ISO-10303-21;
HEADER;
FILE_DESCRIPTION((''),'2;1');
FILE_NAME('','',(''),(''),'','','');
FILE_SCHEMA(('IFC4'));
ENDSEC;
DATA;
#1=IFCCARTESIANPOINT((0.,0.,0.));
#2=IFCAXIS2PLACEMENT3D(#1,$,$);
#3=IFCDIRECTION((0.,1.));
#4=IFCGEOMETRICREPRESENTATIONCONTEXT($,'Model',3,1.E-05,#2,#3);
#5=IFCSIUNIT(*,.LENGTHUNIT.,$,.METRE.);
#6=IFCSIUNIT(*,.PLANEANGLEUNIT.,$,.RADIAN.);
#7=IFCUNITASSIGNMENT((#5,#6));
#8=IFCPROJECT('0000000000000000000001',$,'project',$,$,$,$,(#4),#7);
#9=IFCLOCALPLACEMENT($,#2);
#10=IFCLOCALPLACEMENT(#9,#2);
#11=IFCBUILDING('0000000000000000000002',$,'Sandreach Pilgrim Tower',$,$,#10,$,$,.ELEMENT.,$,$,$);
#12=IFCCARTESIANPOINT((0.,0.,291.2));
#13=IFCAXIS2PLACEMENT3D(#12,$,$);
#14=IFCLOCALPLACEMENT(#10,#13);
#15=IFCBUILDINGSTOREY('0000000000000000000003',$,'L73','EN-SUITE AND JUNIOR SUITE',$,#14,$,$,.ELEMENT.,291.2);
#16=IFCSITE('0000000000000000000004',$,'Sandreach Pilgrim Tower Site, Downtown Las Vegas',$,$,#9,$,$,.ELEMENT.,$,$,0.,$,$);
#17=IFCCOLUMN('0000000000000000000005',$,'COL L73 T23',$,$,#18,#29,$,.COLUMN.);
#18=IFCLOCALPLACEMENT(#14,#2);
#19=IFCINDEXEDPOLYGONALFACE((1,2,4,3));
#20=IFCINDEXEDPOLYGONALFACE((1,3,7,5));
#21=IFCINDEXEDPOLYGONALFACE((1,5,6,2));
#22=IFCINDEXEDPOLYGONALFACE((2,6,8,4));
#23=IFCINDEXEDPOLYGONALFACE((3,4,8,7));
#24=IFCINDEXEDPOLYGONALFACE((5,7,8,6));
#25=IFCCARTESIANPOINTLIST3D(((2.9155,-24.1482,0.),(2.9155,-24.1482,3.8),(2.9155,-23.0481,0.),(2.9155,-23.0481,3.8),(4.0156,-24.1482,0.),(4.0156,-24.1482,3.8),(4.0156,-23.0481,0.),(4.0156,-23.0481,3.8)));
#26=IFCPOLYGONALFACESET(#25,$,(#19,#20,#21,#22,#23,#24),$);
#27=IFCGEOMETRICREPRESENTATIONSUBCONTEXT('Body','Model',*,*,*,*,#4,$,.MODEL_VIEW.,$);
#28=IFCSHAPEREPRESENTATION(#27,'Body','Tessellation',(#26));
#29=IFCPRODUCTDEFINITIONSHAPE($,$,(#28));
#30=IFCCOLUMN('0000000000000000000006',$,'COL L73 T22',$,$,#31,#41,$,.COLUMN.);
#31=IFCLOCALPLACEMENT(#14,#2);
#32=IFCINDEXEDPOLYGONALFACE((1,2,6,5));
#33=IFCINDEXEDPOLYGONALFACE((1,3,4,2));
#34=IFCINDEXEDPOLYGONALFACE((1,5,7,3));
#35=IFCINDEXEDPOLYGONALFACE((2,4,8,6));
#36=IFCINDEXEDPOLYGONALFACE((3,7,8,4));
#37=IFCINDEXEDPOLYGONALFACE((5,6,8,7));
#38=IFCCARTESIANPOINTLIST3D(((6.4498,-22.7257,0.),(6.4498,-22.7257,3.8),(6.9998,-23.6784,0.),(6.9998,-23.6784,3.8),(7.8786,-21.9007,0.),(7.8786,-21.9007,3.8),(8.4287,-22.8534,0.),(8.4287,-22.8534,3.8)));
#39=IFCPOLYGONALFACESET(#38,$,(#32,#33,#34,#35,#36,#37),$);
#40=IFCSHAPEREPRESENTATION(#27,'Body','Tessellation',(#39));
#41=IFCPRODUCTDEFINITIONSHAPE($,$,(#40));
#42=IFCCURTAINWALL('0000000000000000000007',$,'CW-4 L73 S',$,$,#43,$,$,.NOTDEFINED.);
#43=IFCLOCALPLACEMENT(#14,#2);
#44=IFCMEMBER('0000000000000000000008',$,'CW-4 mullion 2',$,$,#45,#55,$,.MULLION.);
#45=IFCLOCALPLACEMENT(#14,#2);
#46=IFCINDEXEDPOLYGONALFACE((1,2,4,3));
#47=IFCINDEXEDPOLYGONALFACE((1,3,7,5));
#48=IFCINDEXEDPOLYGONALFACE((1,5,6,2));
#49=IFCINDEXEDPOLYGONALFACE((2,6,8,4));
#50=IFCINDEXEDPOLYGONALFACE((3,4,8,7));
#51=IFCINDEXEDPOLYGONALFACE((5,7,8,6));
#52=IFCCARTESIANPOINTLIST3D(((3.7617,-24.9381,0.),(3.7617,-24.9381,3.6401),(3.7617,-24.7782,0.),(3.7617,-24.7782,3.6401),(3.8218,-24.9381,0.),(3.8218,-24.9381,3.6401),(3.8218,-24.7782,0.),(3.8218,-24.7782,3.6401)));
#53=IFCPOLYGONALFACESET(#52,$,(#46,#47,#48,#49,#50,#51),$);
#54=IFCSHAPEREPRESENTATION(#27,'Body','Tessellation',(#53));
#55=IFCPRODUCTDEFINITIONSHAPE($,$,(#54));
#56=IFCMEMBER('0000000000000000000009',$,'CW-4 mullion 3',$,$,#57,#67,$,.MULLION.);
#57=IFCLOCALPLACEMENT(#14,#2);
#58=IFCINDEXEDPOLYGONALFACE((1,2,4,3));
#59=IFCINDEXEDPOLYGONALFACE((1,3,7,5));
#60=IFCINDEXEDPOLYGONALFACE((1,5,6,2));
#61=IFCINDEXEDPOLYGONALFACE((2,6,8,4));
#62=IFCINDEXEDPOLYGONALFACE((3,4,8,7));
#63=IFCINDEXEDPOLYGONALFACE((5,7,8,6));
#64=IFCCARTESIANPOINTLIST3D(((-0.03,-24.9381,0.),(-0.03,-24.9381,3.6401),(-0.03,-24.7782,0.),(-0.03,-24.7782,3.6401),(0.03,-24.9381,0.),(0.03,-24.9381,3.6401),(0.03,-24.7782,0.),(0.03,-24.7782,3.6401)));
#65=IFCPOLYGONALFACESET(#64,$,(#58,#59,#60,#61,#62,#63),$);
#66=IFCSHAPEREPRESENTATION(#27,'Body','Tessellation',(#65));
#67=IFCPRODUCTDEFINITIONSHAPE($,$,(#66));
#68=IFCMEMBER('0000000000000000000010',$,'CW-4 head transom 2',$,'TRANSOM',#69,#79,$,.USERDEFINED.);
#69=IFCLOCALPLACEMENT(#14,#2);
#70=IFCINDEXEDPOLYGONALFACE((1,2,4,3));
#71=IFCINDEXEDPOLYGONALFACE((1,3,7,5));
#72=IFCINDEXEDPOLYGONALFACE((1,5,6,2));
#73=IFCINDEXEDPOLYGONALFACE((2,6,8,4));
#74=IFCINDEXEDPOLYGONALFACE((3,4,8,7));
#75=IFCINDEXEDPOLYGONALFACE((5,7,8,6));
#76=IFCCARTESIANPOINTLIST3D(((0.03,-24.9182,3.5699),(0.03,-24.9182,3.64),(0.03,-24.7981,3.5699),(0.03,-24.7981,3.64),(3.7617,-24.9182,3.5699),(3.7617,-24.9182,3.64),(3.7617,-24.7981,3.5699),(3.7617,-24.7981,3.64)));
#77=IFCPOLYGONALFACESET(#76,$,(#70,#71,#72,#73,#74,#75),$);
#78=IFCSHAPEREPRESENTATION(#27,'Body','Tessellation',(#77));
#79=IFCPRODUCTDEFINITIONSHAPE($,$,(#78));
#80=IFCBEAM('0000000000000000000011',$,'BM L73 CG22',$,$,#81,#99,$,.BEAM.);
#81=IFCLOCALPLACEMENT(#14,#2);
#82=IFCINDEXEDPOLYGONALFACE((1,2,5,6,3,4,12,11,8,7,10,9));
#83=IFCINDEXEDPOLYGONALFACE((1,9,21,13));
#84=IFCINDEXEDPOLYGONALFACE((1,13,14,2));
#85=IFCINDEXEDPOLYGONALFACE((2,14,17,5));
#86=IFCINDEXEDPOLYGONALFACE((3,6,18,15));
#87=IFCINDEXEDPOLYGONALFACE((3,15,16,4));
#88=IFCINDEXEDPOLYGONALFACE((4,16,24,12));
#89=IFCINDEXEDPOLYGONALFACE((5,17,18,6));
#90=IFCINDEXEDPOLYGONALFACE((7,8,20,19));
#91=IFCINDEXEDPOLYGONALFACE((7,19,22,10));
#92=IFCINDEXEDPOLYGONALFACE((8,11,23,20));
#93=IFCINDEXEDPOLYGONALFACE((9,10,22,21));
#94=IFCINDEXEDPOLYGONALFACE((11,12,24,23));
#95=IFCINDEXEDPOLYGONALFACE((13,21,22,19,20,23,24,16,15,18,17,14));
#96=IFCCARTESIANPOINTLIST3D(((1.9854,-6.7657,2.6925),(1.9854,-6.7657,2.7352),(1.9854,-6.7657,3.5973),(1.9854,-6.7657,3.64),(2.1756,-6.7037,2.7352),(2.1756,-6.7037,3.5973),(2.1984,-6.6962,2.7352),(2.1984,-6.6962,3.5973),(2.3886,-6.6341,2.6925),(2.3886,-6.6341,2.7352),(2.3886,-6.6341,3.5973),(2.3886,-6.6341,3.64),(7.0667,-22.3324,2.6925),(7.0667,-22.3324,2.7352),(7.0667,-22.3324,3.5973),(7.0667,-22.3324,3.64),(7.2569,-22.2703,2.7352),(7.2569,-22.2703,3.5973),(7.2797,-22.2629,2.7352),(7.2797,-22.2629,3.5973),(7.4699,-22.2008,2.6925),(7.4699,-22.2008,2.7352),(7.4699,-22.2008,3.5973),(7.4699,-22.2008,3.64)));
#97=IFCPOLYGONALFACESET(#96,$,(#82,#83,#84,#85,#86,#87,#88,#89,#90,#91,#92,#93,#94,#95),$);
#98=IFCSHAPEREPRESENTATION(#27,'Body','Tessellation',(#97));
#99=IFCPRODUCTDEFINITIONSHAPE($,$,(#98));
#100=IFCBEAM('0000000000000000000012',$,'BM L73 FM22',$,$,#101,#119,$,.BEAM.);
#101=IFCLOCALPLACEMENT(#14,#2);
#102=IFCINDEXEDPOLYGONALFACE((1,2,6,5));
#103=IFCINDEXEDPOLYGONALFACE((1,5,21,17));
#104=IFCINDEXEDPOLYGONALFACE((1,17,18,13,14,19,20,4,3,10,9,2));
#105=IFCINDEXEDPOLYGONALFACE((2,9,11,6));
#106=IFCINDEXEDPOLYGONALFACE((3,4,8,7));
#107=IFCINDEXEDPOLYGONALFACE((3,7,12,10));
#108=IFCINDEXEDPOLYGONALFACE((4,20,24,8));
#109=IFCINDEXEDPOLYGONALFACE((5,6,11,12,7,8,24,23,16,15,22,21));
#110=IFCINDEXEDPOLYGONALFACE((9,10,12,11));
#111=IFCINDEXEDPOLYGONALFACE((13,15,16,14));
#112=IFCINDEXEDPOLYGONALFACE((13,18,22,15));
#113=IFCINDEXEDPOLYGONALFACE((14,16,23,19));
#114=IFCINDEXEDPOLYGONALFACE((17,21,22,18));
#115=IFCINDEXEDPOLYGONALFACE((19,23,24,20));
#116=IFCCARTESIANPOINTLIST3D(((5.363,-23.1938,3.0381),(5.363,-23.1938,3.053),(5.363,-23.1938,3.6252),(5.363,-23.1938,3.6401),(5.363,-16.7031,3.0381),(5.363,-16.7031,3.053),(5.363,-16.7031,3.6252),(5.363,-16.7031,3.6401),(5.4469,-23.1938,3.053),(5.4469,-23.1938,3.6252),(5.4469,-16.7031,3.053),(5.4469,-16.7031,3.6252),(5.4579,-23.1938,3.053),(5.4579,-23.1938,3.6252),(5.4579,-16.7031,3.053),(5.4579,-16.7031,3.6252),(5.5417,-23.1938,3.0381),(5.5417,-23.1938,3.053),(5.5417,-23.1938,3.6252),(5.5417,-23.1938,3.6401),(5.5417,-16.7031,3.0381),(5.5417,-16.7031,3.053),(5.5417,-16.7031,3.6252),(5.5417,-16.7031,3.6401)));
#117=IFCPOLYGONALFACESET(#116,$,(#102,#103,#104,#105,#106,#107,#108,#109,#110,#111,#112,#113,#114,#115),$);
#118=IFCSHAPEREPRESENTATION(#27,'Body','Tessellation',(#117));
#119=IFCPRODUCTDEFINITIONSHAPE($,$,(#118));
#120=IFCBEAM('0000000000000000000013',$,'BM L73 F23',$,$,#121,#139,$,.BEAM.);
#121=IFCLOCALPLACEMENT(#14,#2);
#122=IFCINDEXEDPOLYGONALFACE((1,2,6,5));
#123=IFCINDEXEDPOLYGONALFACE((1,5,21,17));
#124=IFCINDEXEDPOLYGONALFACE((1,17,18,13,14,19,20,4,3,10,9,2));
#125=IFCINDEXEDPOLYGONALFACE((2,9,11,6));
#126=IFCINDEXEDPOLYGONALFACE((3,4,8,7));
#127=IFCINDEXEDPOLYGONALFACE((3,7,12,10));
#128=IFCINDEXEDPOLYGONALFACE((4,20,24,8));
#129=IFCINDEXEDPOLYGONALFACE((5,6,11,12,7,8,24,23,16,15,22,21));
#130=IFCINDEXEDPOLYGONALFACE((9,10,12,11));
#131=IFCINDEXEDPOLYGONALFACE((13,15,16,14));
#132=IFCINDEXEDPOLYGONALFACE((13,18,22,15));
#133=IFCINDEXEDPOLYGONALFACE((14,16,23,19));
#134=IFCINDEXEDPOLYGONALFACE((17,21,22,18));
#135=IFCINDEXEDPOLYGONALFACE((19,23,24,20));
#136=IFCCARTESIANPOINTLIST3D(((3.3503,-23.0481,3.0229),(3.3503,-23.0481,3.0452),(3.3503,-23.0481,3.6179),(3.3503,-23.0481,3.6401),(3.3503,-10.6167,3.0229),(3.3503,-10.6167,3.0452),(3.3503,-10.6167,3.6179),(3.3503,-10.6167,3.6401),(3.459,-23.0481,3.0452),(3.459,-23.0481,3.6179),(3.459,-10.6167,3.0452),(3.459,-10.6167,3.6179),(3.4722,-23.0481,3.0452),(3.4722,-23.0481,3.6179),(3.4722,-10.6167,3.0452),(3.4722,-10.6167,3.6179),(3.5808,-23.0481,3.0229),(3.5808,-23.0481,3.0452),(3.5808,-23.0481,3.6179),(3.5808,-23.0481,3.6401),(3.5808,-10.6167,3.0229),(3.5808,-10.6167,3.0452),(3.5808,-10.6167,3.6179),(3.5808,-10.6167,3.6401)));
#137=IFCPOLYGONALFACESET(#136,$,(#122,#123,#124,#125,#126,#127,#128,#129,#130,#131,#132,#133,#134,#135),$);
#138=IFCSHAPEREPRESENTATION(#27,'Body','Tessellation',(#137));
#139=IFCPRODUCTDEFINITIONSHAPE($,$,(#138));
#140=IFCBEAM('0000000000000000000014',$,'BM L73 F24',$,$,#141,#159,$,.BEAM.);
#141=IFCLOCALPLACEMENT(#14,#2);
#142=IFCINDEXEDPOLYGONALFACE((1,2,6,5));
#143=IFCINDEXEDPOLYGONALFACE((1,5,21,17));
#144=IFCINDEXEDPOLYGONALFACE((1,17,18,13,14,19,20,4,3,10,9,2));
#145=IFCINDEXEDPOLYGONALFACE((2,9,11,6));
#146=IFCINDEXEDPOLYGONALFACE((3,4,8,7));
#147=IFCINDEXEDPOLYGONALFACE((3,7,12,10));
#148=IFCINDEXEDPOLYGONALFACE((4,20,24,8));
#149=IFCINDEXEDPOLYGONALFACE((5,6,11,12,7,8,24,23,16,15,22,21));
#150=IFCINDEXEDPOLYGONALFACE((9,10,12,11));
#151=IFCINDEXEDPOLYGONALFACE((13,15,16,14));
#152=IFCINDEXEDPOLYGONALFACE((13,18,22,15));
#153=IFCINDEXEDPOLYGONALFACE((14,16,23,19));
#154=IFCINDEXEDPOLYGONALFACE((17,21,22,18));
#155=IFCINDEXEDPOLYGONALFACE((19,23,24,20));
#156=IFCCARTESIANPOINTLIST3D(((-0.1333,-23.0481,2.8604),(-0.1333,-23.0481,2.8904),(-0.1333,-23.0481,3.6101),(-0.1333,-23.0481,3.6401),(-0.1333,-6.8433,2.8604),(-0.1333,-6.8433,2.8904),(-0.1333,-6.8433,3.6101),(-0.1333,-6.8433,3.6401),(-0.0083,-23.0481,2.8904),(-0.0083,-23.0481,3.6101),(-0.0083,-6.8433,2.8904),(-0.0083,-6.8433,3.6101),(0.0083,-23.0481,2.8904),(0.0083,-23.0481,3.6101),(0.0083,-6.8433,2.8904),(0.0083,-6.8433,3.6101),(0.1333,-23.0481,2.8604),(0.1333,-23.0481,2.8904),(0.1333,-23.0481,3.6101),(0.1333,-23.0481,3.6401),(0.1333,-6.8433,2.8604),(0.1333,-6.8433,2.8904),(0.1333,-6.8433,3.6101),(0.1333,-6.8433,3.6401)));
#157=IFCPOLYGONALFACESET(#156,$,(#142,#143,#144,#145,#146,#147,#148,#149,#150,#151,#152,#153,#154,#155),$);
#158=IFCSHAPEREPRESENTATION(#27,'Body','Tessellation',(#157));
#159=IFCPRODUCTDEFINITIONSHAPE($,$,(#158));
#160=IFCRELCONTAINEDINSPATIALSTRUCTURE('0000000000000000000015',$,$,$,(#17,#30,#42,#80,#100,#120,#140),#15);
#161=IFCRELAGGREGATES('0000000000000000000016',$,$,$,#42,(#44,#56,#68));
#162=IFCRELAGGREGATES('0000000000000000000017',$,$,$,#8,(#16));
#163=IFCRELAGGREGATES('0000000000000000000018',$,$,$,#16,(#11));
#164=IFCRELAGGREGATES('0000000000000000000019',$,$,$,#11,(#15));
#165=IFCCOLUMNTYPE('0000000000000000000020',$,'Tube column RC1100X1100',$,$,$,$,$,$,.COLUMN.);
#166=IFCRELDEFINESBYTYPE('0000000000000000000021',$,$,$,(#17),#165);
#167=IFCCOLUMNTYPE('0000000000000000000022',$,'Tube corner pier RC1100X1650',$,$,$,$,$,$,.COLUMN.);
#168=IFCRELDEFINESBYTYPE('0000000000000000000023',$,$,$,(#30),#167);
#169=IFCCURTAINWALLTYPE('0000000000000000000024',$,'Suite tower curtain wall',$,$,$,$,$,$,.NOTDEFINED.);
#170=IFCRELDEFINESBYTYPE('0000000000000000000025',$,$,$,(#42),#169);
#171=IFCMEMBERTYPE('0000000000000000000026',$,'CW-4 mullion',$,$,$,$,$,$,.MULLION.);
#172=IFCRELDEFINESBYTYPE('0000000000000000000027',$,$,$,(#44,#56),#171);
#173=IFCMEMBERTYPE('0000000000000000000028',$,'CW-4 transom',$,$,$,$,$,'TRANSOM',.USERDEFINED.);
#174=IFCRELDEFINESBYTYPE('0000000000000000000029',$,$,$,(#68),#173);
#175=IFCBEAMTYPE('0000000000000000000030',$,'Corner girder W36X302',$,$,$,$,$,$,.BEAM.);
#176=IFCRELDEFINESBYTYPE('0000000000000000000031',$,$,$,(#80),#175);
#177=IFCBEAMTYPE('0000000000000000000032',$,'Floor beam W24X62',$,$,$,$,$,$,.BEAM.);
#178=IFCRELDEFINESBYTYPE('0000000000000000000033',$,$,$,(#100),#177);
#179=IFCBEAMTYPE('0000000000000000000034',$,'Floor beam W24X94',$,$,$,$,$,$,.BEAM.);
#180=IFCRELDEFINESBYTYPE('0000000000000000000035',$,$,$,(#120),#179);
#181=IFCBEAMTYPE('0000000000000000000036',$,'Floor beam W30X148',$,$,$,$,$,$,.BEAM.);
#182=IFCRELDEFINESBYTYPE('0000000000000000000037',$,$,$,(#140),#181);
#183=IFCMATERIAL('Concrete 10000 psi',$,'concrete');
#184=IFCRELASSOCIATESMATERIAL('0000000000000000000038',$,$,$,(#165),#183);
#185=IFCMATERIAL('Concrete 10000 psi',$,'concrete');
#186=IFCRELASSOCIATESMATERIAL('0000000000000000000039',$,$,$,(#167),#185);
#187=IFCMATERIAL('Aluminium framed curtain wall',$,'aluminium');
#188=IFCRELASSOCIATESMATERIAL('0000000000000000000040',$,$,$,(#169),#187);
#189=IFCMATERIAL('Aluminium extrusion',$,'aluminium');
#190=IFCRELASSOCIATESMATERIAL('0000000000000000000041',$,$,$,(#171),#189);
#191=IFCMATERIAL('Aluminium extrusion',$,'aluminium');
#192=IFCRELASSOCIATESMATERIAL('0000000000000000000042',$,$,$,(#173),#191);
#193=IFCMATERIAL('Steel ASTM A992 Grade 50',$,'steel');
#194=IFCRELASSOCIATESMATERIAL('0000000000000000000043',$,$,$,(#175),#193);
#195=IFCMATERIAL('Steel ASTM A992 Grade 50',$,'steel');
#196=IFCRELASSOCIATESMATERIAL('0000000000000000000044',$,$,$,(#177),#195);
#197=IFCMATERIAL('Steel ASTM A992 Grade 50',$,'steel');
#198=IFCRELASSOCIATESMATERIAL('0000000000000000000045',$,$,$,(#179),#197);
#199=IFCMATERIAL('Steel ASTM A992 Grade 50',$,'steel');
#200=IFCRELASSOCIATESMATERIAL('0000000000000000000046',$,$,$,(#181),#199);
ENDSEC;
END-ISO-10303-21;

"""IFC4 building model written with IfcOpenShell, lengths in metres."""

from ifc_helpers import new_model, si_unit, direction, frame, origin, origin_2d, place, context, subcontext, project, spatial, rectangle, i_section, extrude, material, material_profile, profile_set, type_object, element, aggregate, save


model = new_model("IFC4")

# Units and contexts
model_context = context("Model", 3, precision=1e-05, world=origin(), true_north=direction((0.0, 1.0)))
body_context = subcontext(model_context, "Body", "Model", "MODEL_VIEW")
ifc_project = project(units=[si_unit("LENGTHUNIT", "METRE"), si_unit("PLANEANGLEUNIT", "RADIAN")], contexts=[model_context])

# Site, building, storey
site_placement = place(None, origin())
site = spatial("IfcSite", under=ifc_project, at=site_placement, Name="Sandreach Pilgrim Tower Site, Downtown Las Vegas", CompositionType="ELEMENT", RefElevation=0.0)
building_placement = place(site_placement, origin())
building = spatial("IfcBuilding", under=site, at=building_placement, Name="Sandreach Pilgrim Tower", CompositionType="ELEMENT")
storey_placement = place(building_placement, frame((0.0, 0.0, 291.2)))
storey = spatial("IfcBuildingStorey", under=building, at=storey_placement, Name="L73", Description="EN-SUITE AND JUNIOR SUITE", CompositionType="ELEMENT", Elevation=291.2)

# Columns
ifc_material_1 = material(Name="Concrete 10000 psi", Category="concrete")
ifc_material_profile_1 = material_profile(ifc_material_1, rectangle(XDim=1.1001, YDim=1.1001, at=origin_2d()), Name="RC1100X1100")
ifc_profile_set_1 = profile_set([ifc_material_profile_1], Name="Concrete 10000 psi")
column_type_1 = type_object("IfcColumnType", Name="Tube column RC1100X1100", PredefinedType="COLUMN", material=ifc_profile_set_1)
column_1_placement = place(storey_placement, frame((3.4656, -23.5981, 0.0), z_axis=(0.0, 0.0, 1.0), x_axis=(0.0, -1.0, 0.0)))
element("IfcColumn", 1, at=column_1_placement, inside=storey, type_object=column_type_1, Name="COL L73 T23", PredefinedType="COLUMN", context=body_context, shape_type="SweptSolid", body=[
    extrude(rectangle(XDim=1.1001, YDim=1.1001, at=origin_2d()), origin(), (0.0, 0.0, 1.0), 3.8),
])
ifc_material_2 = material(Name="Concrete 10000 psi", Category="concrete")
ifc_material_profile_2 = material_profile(ifc_material_2, rectangle(XDim=1.1001, YDim=1.6499, at=origin_2d()), Name="RC1100X1650")
ifc_profile_set_2 = profile_set([ifc_material_profile_2], Name="Concrete 10000 psi")
column_type_2 = type_object("IfcColumnType", Name="Tube corner pier RC1100X1650", PredefinedType="COLUMN", material=ifc_profile_set_2)
column_2_placement = place(storey_placement, frame((7.4392, -22.7896, 0.0), z_axis=(0.0, 0.0, 1.0), x_axis=(0.5, -0.866025, 0.0)))
element("IfcColumn", 2, at=column_2_placement, inside=storey, type_object=column_type_2, Name="COL L73 T22", PredefinedType="COLUMN", context=body_context, shape_type="SweptSolid", body=[
    extrude(rectangle(XDim=1.1001, YDim=1.6499, at=origin_2d()), origin(), (0.0, 0.0, 1.0), 3.8),
])

# Curtain wall, members
ifc_material_3 = material(Name="Aluminium framed curtain wall", Category="aluminium")
curtain_wall_type = type_object("IfcCurtainWallType", Name="Suite tower curtain wall", PredefinedType="NOTDEFINED", material=ifc_material_3)
curtain_wall_placement = place(storey_placement, origin())
curtain_wall = element("IfcCurtainWall", 3, at=curtain_wall_placement, inside=storey, type_object=curtain_wall_type, Name="CW-4 L73 S", PredefinedType="NOTDEFINED")
ifc_material_4 = material(Name="Aluminium extrusion", Category="aluminium")
ifc_material_profile_3 = material_profile(ifc_material_4, rectangle(XDim=0.0601, YDim=0.1599, at=origin_2d()), Name="CW-4M 60X160")
ifc_profile_set_3 = profile_set([ifc_material_profile_3], Name="Aluminium extrusion")
member_type_1 = type_object("IfcMemberType", Name="CW-4 mullion", PredefinedType="MULLION", material=ifc_profile_set_3)
member_1_placement = place(storey_placement, frame((3.7917, -24.8582, 0.0), z_axis=(0.0, 0.0, 1.0), x_axis=(-1.0, 0.0, 0.0)))
member_1 = element("IfcMember", 4, at=member_1_placement, type_object=member_type_1, Name="CW-4 mullion 2", PredefinedType="MULLION", context=body_context, shape_type="SweptSolid", body=[
    extrude(rectangle(XDim=0.0601, YDim=0.1599, at=origin_2d()), origin(), (0.0, 0.0, 1.0), 3.6401),
])
member_2_placement = place(storey_placement, frame((0.0, -24.8582, 0.0), z_axis=(0.0, 0.0, 1.0), x_axis=(-1.0, 0.0, 0.0)))
member_2 = element("IfcMember", 5, at=member_2_placement, type_object=member_type_1, Name="CW-4 mullion 3", PredefinedType="MULLION", context=body_context, shape_type="SweptSolid", body=[
    extrude(rectangle(XDim=0.0601, YDim=0.1599, at=origin_2d()), origin(), (0.0, 0.0, 1.0), 3.6401),
])
ifc_material_5 = material(Name="Aluminium extrusion", Category="aluminium")
ifc_material_profile_4 = material_profile(ifc_material_5, rectangle(XDim=0.1201, YDim=0.0701, at=origin_2d()), Name="CW-4T 120X70")
ifc_profile_set_4 = profile_set([ifc_material_profile_4], Name="Aluminium extrusion")
member_type_2 = type_object("IfcMemberType", Name="CW-4 transom", ElementType="TRANSOM", PredefinedType="USERDEFINED", material=ifc_profile_set_4)
member_3_placement = place(storey_placement, frame((3.7617, -24.8582, 3.605), z_axis=(-1.0, 0.0, 0.0), x_axis=(0.0, -1.0, 0.0)))
member_3 = element("IfcMember", 6, at=member_3_placement, type_object=member_type_2, Name="CW-4 head transom 2", ObjectType="TRANSOM", PredefinedType="USERDEFINED", context=body_context, shape_type="SweptSolid", body=[
    extrude(rectangle(XDim=0.1201, YDim=0.0701, at=origin_2d()), origin(), (0.0, 0.0, 1.0), 3.7317),
])

# Beams
ifc_material_6 = material(Name="Steel ASTM A992 Grade 50", Category="steel")
ifc_material_profile_5 = material_profile(ifc_material_6, i_section(OverallWidth=0.4241, OverallDepth=0.9475, WebThickness=0.0239, FlangeThickness=0.0427, at=origin_2d()), Name="W36X302")
ifc_profile_set_5 = profile_set([ifc_material_profile_5], Name="Steel ASTM A992 Grade 50")
beam_type_1 = type_object("IfcBeamType", Name="Corner girder W36X302", PredefinedType="BEAM", material=ifc_profile_set_5)
beam_1_placement = place(storey_placement, frame((7.2683, -22.2666, 3.1663), z_axis=(-0.310309, 0.950636, 0.0), x_axis=(-0.950636, -0.310309, 0.0)))
element("IfcBeam", 7, at=beam_1_placement, inside=storey, type_object=beam_type_1, Name="BM L73 CG22", PredefinedType="BEAM", context=body_context, shape_type="SweptSolid", body=[
    extrude(i_section(OverallWidth=0.4241, OverallDepth=0.9475, WebThickness=0.0239, FlangeThickness=0.0427, at=origin_2d()), origin(), (0.0, 0.0, 1.0), 16.375),
])
ifc_material_7 = material(Name="Steel ASTM A992 Grade 50", Category="steel")
ifc_material_profile_6 = material_profile(ifc_material_7, i_section(OverallWidth=0.1787, OverallDepth=0.6021, WebThickness=0.011, FlangeThickness=0.0149, at=origin_2d()), Name="W24X62")
ifc_profile_set_6 = profile_set([ifc_material_profile_6], Name="Steel ASTM A992 Grade 50")
beam_type_2 = type_object("IfcBeamType", Name="Floor beam W24X62", PredefinedType="BEAM", material=ifc_profile_set_6)
beam_2_placement = place(storey_placement, frame((5.4524, -23.1938, 3.3391), z_axis=(0.0, 1.0, 0.0), x_axis=(-1.0, 0.0, 0.0)))
element("IfcBeam", 8, at=beam_2_placement, inside=storey, type_object=beam_type_2, Name="BM L73 FM22", PredefinedType="BEAM", context=body_context, shape_type="SweptSolid", body=[
    extrude(i_section(OverallWidth=0.1787, OverallDepth=0.6021, WebThickness=0.011, FlangeThickness=0.0149, at=origin_2d()), origin(), (0.0, 0.0, 1.0), 6.4907),
])
ifc_material_8 = material(Name="Steel ASTM A992 Grade 50", Category="steel")
ifc_material_profile_7 = material_profile(ifc_material_8, i_section(OverallWidth=0.2305, OverallDepth=0.6172, WebThickness=0.0132, FlangeThickness=0.0222, at=origin_2d()), Name="W24X94")
ifc_profile_set_7 = profile_set([ifc_material_profile_7], Name="Steel ASTM A992 Grade 50")
beam_type_3 = type_object("IfcBeamType", Name="Floor beam W24X94", PredefinedType="BEAM", material=ifc_profile_set_7)
beam_3_placement = place(storey_placement, frame((3.4656, -23.0481, 3.3315), z_axis=(0.0, 1.0, 0.0), x_axis=(-1.0, 0.0, 0.0)))
element("IfcBeam", 9, at=beam_3_placement, inside=storey, type_object=beam_type_3, Name="BM L73 F23", PredefinedType="BEAM", context=body_context, shape_type="SweptSolid", body=[
    extrude(i_section(OverallWidth=0.2305, OverallDepth=0.6172, WebThickness=0.0132, FlangeThickness=0.0222, at=origin_2d()), origin(), (0.0, 0.0, 1.0), 12.4314),
])
ifc_material_9 = material(Name="Steel ASTM A992 Grade 50", Category="steel")
ifc_material_profile_8 = material_profile(ifc_material_9, i_section(OverallWidth=0.2666, OverallDepth=0.7798, WebThickness=0.0166, FlangeThickness=0.03, at=origin_2d()), Name="W30X148")
ifc_profile_set_8 = profile_set([ifc_material_profile_8], Name="Steel ASTM A992 Grade 50")
beam_type_4 = type_object("IfcBeamType", Name="Floor beam W30X148", PredefinedType="BEAM", material=ifc_profile_set_8)
beam_4_placement = place(storey_placement, frame((0.0, -23.0481, 3.2502), z_axis=(0.0, 1.0, 0.0), x_axis=(-1.0, 0.0, 0.0)))
element("IfcBeam", 10, at=beam_4_placement, inside=storey, type_object=beam_type_4, Name="BM L73 F24", PredefinedType="BEAM", context=body_context, shape_type="SweptSolid", body=[
    extrude(i_section(OverallWidth=0.2666, OverallDepth=0.7798, WebThickness=0.0166, FlangeThickness=0.03, at=origin_2d()), origin(), (0.0, 0.0, 1.0), 16.2048),
])

aggregate(curtain_wall, [member_1, member_2, member_3])

save(model, "model.ifc")
